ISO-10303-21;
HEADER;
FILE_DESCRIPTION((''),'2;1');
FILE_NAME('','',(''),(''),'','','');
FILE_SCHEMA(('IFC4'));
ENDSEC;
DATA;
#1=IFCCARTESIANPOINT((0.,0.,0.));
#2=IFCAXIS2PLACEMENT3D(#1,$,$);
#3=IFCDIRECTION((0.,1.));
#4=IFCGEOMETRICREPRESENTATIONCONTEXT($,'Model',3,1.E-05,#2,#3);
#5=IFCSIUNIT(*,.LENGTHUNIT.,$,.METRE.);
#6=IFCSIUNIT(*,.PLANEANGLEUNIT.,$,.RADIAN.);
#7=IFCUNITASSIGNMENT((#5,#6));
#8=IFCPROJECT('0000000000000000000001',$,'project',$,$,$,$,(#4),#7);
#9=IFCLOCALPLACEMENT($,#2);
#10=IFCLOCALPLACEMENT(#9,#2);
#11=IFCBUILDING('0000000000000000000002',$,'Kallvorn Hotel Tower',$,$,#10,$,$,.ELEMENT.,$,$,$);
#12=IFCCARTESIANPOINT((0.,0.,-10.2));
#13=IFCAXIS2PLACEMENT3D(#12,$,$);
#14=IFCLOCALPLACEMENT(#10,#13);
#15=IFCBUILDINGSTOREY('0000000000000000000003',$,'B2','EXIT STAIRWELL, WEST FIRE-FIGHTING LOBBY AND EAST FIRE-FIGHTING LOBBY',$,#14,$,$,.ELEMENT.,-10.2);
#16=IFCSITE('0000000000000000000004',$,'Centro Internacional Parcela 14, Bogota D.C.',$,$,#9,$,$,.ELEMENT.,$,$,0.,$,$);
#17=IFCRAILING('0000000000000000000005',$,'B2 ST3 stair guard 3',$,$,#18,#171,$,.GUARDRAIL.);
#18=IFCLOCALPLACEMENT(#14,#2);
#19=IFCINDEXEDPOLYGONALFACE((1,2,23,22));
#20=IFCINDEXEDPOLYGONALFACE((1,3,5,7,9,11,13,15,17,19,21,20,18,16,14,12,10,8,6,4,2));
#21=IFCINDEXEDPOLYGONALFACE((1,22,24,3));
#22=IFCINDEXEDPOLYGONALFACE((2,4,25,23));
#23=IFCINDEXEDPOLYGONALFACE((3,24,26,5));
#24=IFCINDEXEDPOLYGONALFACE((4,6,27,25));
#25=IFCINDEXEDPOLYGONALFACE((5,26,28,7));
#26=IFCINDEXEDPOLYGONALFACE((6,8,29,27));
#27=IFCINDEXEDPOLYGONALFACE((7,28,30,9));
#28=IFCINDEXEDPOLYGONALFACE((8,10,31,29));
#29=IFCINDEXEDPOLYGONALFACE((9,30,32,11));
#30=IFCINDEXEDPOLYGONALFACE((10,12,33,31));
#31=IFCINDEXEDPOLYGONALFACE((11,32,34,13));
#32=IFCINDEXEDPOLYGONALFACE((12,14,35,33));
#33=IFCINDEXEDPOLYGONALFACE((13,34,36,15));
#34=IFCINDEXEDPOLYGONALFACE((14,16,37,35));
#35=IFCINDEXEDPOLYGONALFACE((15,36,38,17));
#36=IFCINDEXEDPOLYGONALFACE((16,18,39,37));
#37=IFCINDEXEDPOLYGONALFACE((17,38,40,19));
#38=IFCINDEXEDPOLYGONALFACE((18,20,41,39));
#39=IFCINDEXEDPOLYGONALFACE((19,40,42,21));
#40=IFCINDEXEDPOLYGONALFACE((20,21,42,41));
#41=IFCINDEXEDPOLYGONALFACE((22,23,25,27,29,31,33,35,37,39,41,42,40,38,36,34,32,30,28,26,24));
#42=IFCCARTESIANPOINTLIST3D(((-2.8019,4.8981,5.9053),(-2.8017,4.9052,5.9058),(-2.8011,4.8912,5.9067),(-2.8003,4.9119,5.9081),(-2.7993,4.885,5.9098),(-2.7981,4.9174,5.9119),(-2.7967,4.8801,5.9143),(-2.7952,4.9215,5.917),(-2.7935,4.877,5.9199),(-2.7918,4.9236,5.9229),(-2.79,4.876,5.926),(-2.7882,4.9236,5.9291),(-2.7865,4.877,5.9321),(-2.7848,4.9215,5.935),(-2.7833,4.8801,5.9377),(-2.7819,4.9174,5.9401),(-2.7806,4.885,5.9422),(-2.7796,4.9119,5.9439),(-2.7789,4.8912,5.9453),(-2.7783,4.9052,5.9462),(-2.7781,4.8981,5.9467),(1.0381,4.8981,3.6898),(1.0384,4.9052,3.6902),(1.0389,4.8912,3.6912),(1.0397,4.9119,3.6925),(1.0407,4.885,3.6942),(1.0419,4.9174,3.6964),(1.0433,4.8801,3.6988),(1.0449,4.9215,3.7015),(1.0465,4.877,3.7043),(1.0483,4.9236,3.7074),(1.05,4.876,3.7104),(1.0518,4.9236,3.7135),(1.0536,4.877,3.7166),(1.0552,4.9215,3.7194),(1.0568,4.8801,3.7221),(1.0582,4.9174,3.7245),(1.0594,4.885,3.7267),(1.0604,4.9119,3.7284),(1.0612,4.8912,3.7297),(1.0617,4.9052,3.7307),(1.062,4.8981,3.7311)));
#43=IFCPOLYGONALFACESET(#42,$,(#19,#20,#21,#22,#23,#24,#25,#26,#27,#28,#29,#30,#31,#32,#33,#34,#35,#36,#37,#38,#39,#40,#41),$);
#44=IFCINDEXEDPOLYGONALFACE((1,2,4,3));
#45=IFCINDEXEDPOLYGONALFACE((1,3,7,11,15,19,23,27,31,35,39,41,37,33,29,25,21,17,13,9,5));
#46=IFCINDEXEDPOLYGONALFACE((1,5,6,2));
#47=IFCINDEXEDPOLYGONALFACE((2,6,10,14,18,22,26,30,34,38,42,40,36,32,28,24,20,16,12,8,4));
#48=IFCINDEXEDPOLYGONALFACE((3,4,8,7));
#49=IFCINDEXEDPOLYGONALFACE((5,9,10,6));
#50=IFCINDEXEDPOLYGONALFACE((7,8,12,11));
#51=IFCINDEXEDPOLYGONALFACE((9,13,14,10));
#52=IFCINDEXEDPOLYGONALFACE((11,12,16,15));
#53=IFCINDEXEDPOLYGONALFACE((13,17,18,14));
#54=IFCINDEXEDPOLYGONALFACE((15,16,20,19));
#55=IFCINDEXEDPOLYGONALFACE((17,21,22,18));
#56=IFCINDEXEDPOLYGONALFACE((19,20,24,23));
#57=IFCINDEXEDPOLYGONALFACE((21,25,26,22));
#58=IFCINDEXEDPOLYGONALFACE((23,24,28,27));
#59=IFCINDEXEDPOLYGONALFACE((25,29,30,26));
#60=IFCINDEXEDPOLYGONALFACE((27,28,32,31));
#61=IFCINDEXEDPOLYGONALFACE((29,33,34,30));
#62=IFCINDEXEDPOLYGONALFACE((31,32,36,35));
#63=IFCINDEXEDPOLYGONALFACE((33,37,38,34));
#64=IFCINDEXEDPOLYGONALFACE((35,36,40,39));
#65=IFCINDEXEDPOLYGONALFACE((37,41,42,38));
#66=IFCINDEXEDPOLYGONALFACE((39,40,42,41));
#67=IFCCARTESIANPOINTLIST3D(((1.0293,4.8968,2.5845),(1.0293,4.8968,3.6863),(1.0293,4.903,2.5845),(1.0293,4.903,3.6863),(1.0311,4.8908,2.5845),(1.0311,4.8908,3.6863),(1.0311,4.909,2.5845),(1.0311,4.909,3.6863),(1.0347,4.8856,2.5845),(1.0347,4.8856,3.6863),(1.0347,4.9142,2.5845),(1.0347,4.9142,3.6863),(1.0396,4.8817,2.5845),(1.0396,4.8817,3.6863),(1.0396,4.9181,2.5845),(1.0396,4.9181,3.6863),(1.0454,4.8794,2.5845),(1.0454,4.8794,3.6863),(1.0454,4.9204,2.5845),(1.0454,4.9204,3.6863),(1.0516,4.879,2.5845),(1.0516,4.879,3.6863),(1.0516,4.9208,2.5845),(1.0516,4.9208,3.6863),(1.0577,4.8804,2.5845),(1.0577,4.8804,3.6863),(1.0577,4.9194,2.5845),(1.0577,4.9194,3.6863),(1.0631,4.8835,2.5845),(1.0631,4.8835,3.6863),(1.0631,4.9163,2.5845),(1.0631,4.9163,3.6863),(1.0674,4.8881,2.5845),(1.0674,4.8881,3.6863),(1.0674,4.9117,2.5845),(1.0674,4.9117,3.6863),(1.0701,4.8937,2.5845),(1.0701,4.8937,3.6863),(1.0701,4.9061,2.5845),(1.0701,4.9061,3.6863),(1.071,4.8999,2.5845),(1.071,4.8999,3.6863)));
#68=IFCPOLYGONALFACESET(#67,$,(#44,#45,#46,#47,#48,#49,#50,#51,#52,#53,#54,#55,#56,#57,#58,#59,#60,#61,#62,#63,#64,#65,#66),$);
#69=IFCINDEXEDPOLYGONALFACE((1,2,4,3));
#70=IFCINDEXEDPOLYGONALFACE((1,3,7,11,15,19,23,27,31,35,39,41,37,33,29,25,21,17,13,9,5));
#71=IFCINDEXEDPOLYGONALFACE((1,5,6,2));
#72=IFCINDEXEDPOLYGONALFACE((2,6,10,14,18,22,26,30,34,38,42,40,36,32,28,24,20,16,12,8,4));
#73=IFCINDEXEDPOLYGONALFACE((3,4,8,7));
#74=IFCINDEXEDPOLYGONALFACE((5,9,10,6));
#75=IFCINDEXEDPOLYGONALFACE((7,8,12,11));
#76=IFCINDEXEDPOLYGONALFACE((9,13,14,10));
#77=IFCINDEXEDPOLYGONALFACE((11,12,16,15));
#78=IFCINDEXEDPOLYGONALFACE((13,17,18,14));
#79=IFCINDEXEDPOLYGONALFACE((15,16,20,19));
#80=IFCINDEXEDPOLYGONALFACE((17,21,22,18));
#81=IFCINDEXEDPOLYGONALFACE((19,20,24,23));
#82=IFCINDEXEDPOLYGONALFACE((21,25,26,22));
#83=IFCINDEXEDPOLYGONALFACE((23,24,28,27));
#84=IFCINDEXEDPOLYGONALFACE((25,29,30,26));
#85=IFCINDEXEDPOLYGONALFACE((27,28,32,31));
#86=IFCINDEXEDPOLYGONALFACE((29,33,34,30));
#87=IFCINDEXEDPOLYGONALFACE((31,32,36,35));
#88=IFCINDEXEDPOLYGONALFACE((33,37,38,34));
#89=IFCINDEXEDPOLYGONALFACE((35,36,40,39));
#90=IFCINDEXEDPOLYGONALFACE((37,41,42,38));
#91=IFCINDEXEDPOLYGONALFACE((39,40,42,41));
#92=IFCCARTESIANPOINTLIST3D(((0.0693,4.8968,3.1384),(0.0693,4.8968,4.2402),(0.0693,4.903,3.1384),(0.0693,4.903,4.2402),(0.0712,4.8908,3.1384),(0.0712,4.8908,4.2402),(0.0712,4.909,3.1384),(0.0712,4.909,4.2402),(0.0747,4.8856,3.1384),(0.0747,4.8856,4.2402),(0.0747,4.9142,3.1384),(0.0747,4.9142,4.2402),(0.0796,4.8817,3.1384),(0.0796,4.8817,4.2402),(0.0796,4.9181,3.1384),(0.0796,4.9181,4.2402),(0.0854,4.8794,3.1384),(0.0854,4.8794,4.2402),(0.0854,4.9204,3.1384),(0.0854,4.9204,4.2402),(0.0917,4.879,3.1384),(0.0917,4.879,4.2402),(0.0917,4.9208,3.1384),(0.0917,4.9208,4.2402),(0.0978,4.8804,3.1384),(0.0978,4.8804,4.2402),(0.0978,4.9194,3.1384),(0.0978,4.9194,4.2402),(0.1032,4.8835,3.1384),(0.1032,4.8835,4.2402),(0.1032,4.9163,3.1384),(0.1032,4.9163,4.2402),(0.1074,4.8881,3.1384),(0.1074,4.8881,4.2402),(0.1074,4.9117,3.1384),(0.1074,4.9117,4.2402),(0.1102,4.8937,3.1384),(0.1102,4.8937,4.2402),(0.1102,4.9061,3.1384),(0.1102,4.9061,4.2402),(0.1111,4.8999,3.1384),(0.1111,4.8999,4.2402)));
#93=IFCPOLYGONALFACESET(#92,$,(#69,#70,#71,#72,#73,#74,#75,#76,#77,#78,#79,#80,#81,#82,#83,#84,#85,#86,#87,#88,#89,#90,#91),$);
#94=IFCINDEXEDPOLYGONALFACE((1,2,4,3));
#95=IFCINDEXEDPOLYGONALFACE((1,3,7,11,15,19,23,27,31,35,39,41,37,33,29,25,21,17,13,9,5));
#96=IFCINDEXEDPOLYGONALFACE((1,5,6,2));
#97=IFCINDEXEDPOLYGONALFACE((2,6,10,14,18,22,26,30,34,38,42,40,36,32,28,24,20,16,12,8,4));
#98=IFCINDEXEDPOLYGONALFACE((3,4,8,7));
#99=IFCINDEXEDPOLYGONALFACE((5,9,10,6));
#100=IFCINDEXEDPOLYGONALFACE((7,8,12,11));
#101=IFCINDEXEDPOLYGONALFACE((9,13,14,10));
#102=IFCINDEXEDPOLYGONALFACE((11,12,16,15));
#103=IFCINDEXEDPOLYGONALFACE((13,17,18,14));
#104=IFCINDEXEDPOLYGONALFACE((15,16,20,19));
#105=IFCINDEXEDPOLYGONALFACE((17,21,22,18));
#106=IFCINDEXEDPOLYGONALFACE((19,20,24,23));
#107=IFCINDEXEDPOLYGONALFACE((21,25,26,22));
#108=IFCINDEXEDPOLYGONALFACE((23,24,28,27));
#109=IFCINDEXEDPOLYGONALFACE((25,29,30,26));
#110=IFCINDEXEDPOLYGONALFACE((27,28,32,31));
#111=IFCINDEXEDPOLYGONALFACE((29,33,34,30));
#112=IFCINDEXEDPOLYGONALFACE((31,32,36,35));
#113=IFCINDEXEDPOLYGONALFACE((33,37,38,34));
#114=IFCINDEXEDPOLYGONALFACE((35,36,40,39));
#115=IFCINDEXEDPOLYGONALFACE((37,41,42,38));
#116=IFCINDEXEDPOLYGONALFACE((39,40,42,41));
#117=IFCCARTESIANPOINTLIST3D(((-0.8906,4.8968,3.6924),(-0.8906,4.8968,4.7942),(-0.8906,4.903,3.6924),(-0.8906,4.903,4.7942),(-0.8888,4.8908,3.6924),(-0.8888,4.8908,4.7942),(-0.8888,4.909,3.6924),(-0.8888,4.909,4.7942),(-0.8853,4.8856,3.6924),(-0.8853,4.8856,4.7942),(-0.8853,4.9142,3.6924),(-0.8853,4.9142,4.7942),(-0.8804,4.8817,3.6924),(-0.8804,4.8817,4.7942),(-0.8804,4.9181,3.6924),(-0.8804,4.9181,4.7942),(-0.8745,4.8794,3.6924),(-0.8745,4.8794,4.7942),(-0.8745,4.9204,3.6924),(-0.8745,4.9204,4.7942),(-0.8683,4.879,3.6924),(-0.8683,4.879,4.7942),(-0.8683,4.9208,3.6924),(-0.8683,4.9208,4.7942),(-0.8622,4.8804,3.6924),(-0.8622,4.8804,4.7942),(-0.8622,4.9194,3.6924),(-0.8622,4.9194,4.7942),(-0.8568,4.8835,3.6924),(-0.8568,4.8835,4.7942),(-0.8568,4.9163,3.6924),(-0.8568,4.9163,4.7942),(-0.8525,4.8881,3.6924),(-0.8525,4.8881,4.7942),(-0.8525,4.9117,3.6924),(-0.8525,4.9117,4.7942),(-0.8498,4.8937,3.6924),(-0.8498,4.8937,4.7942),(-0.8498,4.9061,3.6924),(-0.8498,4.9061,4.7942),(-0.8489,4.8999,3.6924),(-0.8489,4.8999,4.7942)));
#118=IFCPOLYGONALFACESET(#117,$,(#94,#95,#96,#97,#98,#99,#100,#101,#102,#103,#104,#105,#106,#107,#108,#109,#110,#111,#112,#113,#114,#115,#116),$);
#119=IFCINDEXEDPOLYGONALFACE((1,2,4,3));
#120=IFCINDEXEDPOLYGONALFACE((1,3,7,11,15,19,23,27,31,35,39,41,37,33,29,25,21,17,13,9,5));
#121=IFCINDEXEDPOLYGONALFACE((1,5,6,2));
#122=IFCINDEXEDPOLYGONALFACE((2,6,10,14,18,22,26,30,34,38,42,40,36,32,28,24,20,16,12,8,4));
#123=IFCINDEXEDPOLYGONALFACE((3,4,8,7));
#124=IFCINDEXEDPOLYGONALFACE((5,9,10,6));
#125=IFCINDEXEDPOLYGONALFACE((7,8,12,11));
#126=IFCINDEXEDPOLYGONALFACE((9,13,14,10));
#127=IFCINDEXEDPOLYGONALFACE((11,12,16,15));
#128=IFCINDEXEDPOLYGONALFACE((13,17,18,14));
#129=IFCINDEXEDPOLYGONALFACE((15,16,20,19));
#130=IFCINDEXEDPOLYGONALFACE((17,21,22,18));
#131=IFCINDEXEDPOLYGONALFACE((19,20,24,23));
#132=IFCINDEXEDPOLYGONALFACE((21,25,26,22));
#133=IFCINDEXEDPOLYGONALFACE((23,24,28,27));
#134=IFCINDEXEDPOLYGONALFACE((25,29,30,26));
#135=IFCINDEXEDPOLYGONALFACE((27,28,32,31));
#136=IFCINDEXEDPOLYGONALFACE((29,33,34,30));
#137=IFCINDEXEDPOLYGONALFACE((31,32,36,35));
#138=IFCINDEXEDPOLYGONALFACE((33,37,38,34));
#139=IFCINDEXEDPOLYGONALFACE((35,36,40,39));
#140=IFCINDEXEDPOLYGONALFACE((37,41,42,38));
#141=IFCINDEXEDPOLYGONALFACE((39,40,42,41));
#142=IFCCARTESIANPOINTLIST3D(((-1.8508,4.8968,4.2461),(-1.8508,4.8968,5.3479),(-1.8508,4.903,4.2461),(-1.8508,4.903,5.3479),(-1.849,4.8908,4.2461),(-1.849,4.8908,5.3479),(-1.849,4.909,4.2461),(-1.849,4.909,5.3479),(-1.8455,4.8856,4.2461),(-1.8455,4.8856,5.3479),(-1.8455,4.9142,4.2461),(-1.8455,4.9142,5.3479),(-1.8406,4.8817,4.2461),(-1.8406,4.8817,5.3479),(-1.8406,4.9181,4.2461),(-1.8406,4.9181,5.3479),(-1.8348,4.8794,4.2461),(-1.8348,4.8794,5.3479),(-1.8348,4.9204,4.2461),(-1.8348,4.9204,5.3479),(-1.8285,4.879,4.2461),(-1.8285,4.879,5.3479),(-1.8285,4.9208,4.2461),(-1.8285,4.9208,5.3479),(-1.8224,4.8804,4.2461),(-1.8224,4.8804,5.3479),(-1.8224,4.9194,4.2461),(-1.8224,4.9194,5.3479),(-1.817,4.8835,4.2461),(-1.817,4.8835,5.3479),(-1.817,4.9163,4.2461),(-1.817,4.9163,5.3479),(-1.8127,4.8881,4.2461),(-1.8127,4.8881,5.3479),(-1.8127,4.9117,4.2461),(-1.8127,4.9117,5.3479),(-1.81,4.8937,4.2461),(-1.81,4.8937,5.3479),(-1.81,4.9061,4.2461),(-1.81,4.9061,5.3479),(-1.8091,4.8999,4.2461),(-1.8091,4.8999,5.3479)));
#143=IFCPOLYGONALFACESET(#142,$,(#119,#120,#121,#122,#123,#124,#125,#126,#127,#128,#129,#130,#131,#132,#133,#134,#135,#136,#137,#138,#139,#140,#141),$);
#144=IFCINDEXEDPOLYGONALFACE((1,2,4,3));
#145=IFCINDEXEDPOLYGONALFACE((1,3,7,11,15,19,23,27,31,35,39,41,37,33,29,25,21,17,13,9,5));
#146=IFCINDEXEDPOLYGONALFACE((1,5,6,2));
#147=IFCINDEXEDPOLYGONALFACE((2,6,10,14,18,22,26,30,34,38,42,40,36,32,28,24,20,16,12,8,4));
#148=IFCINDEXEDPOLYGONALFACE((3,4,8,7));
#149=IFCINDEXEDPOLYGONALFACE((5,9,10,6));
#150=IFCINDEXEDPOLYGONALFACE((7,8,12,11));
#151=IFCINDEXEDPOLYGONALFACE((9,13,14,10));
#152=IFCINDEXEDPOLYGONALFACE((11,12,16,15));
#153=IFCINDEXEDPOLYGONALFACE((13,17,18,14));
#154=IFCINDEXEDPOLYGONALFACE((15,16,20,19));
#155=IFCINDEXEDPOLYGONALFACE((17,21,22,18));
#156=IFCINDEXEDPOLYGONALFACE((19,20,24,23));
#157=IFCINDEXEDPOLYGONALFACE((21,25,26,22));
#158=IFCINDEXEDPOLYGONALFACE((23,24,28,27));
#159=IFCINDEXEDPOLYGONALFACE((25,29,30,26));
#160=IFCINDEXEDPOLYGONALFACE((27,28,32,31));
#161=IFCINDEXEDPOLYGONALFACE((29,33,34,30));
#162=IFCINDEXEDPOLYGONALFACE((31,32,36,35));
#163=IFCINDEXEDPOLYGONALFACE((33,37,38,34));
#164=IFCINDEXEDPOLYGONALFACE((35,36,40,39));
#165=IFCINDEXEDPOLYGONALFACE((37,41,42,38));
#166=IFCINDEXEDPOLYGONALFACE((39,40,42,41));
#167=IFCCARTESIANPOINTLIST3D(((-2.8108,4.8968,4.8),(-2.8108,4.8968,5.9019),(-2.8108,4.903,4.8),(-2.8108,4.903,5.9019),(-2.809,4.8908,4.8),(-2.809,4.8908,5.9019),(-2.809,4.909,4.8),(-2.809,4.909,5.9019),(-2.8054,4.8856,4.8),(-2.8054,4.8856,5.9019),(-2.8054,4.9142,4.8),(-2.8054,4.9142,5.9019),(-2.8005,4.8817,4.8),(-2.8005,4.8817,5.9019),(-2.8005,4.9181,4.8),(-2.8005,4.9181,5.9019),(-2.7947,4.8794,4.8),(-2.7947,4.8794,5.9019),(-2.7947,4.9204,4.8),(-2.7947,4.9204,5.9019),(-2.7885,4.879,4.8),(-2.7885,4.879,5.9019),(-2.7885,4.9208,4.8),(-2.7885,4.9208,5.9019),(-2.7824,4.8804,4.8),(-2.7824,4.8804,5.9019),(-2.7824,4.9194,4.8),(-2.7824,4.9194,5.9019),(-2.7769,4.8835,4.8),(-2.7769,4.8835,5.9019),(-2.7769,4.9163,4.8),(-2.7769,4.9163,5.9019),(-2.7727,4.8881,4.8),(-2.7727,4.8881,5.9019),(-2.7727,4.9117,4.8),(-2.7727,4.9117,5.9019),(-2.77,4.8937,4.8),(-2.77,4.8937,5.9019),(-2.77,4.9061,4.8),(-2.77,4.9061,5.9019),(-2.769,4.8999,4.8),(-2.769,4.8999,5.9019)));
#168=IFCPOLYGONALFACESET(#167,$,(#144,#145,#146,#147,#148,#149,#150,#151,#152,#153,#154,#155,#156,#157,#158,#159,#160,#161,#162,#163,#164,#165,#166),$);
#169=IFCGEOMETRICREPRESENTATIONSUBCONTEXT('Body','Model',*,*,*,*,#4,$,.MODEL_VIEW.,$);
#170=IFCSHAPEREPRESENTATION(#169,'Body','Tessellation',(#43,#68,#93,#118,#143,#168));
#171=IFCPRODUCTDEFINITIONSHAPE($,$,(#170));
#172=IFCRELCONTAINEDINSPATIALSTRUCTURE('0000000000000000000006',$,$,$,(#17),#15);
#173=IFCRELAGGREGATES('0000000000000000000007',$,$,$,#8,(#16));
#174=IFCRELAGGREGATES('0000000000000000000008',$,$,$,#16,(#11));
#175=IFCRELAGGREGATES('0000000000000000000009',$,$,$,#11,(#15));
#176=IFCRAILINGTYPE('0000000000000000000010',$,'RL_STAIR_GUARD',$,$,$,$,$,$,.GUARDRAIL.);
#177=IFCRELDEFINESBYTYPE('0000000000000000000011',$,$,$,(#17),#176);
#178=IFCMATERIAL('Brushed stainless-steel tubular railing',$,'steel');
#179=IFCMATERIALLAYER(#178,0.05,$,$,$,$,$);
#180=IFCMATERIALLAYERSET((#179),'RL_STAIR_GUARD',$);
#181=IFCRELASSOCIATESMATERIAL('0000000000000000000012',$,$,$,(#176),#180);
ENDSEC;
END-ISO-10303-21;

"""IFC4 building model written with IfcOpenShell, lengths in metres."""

from ifc_helpers import new_model, si_unit, direction, frame, origin, origin_2d, place, context, subcontext, project, spatial, circle, extrude, material, layer, layer_set, type_object, element, save


model = new_model("IFC4")

# Units and contexts
model_context = context("Model", 3, precision=1e-05, world=origin(), true_north=direction((0.0, 1.0)))
body_context = subcontext(model_context, "Body", "Model", "MODEL_VIEW")
ifc_project = project(units=[si_unit("LENGTHUNIT", "METRE"), si_unit("PLANEANGLEUNIT", "RADIAN")], contexts=[model_context])

# Site, building, storey
site_placement = place(None, origin())
site = spatial("IfcSite", under=ifc_project, at=site_placement, Name="Centro Internacional Parcela 14, Bogota D.C.", CompositionType="ELEMENT", RefElevation=0.0)
building_placement = place(site_placement, origin())
building = spatial("IfcBuilding", under=site, at=building_placement, Name="Kallvorn Hotel Tower", CompositionType="ELEMENT")
storey_placement = place(building_placement, frame((0.0, 0.0, -10.2)))
storey = spatial("IfcBuildingStorey", under=building, at=storey_placement, Name="B2", Description="EXIT STAIRWELL, WEST FIRE-FIGHTING LOBBY AND EAST FIRE-FIGHTING LOBBY", CompositionType="ELEMENT", Elevation=-10.2)

# Railing
ifc_material_1 = material(Name="Brushed stainless-steel tubular railing", Category="steel")
ifc_layer_1 = layer(ifc_material_1, 0.05)
ifc_layer_set_1 = layer_set([ifc_layer_1], Name="RL_STAIR_GUARD")
railing_type_1 = type_object("IfcRailingType", Name="RL_STAIR_GUARD", PredefinedType="GUARDRAIL", material=ifc_layer_set_1)
railing_1_placement = place(storey_placement, frame((1.05, 4.8999, 2.5845)))
element("IfcRailing", 1, at=railing_1_placement, inside=storey, type_object=railing_type_1, Name="B2 ST3 stair guard 3", PredefinedType="GUARDRAIL", context=body_context, shape_type="SweptSolid", body=[
    extrude(circle(Radius=0.0239, at=origin_2d()), frame((0.0, 0.0, 1.126), z_axis=(-0.866172, 0.0, 0.499746), x_axis=(0.0, -1.0, 0.0)), (0.0, 0.0, 1.0), 4.4333),
    extrude(circle(Radius=0.021, at=origin_2d()), origin(), (0.0, 0.0, 1.0), 1.1018),
    extrude(circle(Radius=0.021, at=origin_2d()), frame((-0.96, 0.0, 0.554)), (0.0, 0.0, 1.0), 1.1018),
    extrude(circle(Radius=0.021, at=origin_2d()), frame((-1.9199, 0.0, 1.1079)), (0.0, 0.0, 1.0), 1.1018),
    extrude(circle(Radius=0.021, at=origin_2d()), frame((-2.8801, 0.0, 1.6616)), (0.0, 0.0, 1.0), 1.1018),
    extrude(circle(Radius=0.021, at=origin_2d()), frame((-3.8401, 0.0, 2.2156)), (0.0, 0.0, 1.0), 1.1018),
])

save(model, "model.ifc")
